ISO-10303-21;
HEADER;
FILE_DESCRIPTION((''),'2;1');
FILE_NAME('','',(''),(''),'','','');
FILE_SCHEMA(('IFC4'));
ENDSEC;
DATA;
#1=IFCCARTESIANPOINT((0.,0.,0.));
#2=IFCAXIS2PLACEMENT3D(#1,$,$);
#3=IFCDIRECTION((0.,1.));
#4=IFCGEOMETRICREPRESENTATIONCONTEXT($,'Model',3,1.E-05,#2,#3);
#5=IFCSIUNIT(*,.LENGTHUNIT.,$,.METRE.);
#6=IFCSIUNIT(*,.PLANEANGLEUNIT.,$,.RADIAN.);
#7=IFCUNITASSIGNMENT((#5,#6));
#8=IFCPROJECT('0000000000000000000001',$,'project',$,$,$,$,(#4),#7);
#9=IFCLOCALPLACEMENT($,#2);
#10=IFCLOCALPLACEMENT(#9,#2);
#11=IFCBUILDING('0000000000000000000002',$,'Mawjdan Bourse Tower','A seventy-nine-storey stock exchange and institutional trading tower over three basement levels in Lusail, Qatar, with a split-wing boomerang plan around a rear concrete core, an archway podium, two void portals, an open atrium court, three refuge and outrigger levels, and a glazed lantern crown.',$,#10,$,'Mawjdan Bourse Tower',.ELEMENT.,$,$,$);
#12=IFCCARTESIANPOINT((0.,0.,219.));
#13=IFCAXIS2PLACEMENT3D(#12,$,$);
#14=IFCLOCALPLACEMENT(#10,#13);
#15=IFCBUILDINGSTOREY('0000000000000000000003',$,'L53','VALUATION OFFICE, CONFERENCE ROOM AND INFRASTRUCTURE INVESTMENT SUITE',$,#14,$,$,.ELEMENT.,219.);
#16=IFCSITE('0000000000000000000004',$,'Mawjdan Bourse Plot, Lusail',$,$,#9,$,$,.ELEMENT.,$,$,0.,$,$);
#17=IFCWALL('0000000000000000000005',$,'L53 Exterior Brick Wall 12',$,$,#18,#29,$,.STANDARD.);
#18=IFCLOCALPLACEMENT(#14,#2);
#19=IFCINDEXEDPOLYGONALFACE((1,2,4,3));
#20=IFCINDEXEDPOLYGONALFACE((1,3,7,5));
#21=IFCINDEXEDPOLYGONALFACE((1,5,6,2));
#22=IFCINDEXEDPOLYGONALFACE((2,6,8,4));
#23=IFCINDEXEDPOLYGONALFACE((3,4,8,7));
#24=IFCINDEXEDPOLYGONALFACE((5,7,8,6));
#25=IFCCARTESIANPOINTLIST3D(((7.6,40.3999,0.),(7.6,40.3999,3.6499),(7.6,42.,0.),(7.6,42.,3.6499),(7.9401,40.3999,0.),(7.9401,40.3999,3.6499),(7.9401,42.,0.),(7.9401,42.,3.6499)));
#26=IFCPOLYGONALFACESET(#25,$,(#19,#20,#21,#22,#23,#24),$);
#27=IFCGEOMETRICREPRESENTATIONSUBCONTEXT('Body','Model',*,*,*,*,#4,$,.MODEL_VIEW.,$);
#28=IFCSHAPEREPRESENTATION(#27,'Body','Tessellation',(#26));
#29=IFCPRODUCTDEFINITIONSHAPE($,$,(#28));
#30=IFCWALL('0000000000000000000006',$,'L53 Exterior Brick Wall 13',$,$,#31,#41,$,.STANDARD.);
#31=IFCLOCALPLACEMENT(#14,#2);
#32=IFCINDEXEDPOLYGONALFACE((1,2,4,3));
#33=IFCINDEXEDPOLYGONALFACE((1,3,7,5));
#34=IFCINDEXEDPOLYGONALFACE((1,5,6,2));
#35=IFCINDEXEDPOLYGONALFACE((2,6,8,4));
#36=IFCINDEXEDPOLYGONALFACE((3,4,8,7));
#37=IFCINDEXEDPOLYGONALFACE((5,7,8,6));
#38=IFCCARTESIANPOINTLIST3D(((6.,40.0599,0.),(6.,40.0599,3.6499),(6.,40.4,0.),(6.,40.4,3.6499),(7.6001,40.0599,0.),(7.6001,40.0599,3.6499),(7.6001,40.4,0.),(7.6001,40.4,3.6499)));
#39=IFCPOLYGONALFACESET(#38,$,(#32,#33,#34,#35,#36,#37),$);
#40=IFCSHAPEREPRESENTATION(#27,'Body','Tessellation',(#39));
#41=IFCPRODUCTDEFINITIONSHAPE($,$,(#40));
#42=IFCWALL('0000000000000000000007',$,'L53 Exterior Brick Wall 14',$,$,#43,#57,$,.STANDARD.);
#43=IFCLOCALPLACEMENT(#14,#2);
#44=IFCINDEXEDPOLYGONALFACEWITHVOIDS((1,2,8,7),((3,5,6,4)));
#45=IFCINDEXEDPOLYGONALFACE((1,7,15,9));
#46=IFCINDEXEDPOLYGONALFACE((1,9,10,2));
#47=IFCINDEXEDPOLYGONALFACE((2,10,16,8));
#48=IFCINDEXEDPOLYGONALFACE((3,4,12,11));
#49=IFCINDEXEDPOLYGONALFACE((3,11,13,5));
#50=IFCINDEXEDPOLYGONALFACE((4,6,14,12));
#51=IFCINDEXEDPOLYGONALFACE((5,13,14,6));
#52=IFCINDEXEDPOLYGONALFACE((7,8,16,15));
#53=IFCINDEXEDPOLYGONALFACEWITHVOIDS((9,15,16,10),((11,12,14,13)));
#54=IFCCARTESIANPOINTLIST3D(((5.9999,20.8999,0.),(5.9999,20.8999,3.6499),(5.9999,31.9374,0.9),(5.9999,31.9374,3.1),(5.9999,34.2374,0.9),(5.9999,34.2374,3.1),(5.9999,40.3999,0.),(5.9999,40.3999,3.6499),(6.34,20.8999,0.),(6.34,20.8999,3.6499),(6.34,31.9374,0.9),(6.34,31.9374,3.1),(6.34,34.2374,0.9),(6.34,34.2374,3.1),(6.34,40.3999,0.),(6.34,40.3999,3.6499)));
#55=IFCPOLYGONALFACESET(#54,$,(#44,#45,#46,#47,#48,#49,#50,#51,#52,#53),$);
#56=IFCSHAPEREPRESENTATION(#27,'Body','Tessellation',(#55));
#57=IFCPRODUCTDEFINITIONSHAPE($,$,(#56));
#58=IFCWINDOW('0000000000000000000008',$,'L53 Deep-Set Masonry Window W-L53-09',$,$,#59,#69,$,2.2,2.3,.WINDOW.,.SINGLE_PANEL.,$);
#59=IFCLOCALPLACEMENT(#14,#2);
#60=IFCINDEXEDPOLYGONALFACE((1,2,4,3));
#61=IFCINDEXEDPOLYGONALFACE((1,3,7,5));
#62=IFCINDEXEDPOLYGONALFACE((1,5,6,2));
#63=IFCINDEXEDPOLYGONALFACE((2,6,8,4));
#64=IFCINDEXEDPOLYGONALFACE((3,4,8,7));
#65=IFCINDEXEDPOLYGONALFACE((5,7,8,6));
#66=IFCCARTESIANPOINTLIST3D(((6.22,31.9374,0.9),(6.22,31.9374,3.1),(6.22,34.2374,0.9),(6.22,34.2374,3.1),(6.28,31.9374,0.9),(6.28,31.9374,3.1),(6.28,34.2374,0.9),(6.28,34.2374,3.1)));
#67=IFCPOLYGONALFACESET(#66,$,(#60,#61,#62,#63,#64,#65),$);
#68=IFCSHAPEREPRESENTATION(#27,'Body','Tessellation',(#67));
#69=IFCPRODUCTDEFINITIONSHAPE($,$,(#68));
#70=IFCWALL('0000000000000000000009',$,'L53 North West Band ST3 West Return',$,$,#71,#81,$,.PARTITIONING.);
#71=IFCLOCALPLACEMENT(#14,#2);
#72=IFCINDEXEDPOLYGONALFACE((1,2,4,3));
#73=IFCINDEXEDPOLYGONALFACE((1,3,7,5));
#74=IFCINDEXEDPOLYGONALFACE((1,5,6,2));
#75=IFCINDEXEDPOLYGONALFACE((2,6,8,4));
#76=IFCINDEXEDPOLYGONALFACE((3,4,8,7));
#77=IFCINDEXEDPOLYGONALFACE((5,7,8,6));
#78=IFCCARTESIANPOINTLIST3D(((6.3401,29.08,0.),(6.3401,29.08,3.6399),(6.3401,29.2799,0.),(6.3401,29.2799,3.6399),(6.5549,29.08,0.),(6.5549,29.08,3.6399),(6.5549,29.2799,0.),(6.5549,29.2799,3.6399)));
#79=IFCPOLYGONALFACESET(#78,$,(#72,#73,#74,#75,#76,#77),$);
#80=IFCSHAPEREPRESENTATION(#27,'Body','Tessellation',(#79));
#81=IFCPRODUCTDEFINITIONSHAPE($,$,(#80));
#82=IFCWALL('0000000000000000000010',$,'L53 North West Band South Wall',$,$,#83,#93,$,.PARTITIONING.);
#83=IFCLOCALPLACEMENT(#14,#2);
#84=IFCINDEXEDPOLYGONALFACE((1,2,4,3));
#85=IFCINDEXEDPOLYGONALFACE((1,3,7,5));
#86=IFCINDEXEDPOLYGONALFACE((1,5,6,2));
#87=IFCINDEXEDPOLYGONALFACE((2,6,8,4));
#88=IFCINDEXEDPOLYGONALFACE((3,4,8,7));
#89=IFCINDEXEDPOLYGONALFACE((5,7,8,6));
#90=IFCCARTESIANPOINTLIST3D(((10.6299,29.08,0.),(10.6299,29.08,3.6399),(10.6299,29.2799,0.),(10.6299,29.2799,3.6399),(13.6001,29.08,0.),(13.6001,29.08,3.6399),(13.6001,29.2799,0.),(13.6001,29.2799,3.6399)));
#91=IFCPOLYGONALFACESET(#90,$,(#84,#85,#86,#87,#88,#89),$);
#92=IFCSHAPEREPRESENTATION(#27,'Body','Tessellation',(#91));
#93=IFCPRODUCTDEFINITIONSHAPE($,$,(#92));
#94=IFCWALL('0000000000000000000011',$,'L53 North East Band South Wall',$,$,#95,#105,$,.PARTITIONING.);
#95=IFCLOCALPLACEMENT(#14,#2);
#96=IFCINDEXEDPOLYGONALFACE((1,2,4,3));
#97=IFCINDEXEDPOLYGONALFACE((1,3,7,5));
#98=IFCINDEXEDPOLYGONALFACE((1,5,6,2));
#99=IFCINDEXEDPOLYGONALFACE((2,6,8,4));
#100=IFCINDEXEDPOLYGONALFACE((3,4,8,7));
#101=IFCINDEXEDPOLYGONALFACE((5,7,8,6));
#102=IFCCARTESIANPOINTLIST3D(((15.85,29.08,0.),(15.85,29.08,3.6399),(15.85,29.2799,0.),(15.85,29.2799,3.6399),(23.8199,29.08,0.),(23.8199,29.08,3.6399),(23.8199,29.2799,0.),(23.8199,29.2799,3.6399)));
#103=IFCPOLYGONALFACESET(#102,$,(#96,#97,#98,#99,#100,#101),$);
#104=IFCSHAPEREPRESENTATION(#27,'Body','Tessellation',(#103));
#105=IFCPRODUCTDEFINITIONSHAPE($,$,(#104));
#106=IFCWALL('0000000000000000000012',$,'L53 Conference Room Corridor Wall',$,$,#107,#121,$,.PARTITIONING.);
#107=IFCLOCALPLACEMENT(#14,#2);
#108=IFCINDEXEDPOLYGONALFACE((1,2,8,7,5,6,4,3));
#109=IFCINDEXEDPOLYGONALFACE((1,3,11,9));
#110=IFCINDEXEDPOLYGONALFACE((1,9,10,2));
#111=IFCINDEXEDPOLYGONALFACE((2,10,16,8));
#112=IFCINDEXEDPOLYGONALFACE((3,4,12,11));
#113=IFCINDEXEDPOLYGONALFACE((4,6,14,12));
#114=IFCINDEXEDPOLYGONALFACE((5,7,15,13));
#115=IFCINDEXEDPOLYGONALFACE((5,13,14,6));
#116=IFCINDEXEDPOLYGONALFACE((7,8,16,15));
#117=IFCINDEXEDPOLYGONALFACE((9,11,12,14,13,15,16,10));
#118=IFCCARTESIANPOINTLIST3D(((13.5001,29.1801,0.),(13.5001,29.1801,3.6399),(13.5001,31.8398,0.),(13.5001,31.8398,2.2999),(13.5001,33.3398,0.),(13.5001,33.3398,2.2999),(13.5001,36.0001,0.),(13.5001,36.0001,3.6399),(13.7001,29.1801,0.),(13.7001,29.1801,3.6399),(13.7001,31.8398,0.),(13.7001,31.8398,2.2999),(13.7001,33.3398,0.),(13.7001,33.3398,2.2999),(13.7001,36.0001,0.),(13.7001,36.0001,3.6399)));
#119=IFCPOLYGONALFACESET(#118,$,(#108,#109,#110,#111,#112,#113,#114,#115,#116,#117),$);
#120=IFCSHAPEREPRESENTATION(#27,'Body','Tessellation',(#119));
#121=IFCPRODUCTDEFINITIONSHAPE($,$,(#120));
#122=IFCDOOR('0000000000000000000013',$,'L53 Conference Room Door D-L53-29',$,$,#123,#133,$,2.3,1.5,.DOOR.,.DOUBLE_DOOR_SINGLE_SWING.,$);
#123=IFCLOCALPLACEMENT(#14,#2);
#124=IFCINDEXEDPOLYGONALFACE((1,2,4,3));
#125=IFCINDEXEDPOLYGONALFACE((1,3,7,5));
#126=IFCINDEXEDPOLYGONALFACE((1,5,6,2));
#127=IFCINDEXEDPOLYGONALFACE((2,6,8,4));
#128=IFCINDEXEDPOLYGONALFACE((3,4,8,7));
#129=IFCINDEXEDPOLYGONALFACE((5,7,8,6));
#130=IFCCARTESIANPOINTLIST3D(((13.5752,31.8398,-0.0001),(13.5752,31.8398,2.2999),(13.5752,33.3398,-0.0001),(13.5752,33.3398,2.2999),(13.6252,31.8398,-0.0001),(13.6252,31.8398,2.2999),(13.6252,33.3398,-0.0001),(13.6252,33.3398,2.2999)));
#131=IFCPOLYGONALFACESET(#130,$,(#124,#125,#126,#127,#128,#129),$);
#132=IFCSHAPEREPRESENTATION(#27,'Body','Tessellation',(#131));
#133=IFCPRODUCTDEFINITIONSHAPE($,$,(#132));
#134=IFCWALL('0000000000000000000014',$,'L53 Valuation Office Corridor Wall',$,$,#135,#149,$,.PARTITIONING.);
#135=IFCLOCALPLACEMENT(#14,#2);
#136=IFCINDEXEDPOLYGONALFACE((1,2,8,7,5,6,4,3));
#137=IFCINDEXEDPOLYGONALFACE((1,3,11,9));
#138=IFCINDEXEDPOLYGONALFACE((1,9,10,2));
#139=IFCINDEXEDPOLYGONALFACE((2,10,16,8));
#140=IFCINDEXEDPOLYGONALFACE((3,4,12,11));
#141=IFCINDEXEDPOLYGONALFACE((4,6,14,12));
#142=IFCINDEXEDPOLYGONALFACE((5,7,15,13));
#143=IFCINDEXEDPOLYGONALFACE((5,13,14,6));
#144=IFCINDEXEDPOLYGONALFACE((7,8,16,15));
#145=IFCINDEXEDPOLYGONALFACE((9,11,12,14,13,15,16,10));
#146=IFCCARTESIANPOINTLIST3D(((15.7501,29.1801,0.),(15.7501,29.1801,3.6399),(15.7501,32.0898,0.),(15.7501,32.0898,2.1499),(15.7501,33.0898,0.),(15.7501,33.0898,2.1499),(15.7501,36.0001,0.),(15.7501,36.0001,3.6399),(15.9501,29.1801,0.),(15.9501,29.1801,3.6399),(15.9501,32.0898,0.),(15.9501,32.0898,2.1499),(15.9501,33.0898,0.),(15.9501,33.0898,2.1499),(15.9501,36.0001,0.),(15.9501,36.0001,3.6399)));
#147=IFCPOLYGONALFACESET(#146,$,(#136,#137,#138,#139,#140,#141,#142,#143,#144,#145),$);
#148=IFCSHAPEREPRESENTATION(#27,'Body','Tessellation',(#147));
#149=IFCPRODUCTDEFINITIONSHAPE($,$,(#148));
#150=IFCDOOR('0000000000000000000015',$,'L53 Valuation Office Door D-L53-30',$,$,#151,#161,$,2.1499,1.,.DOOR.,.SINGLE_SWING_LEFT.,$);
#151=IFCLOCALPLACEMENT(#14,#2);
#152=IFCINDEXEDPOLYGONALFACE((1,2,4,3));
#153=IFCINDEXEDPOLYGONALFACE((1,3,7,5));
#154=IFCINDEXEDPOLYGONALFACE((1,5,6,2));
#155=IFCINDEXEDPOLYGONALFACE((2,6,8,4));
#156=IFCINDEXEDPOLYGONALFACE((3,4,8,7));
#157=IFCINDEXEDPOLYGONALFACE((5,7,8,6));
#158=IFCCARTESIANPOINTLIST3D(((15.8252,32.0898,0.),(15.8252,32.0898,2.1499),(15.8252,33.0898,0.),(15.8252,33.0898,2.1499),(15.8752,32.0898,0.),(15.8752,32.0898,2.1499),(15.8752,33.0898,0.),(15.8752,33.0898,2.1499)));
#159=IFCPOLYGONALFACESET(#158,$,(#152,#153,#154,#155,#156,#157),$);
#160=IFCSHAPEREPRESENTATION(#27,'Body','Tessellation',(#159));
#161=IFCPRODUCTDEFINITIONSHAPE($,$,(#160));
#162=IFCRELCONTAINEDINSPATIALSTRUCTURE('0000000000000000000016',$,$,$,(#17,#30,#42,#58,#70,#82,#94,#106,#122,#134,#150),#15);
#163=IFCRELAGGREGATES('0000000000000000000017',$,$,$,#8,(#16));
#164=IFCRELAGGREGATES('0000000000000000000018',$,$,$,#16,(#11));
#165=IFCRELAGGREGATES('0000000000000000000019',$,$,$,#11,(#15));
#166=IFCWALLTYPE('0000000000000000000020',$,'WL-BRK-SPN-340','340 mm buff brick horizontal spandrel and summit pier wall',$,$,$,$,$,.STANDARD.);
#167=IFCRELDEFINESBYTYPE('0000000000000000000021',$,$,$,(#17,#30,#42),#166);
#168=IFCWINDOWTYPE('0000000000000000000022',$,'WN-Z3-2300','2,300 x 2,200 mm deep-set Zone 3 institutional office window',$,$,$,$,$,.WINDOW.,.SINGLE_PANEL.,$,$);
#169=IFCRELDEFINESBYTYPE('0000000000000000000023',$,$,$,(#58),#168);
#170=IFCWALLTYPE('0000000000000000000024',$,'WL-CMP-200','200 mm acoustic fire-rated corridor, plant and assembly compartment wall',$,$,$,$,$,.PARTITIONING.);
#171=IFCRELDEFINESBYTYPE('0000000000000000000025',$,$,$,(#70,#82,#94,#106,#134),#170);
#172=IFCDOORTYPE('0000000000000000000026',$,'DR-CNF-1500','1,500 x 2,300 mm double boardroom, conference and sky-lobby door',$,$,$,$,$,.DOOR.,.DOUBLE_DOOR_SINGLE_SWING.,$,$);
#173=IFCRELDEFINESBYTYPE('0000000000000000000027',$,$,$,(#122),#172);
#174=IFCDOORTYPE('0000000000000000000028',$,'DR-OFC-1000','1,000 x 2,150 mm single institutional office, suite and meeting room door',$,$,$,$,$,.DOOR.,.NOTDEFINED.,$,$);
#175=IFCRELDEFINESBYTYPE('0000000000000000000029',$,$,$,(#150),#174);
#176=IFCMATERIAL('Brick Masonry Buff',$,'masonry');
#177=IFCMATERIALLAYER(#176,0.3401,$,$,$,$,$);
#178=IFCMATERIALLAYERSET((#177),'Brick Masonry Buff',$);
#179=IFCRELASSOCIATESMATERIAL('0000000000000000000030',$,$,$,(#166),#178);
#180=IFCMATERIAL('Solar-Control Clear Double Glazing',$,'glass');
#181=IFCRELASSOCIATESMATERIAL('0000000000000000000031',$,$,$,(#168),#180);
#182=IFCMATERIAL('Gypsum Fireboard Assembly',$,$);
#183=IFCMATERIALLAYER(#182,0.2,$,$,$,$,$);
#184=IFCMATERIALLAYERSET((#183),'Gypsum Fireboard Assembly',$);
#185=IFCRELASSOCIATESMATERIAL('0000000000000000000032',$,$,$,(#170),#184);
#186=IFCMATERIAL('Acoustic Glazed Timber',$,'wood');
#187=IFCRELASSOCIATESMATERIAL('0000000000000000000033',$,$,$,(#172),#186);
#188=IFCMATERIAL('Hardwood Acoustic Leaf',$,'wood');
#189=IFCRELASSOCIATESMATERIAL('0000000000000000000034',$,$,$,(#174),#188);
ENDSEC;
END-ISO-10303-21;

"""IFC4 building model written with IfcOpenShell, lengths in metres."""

from ifc_helpers import new_model, si_unit, direction, frame, frame_2d, origin, place, context, subcontext, project, spatial, rectangle, extrude, material, layer, layer_set, type_object, element, fill, save


model = new_model("IFC4")

# Units and contexts
model_context = context("Model", 3, precision=1e-05, world=origin(), true_north=direction((0.0, 1.0)))
body_context = subcontext(model_context, "Body", "Model", "MODEL_VIEW")
ifc_project = project(units=[si_unit("LENGTHUNIT", "METRE"), si_unit("PLANEANGLEUNIT", "RADIAN")], contexts=[model_context])

# Site, building, storey
site_placement = place(None, origin())
site = spatial("IfcSite", under=ifc_project, at=site_placement, Name="Mawjdan Bourse Plot, Lusail", CompositionType="ELEMENT", RefElevation=0.0)
building_placement = place(site_placement, origin())
building = spatial("IfcBuilding", under=site, at=building_placement, Name="Mawjdan Bourse Tower", Description="A seventy-nine-storey stock exchange and institutional trading tower over three basement levels in Lusail, Qatar, with a split-wing boomerang plan around a rear concrete core, an archway podium, two void portals, an open atrium court, three refuge and outrigger levels, and a glazed lantern crown.", LongName="Mawjdan Bourse Tower", CompositionType="ELEMENT")
storey_placement = place(building_placement, frame((0.0, 0.0, 219.0)))
storey = spatial("IfcBuildingStorey", under=building, at=storey_placement, Name="L53", Description="VALUATION OFFICE, CONFERENCE ROOM AND INFRASTRUCTURE INVESTMENT SUITE", CompositionType="ELEMENT", Elevation=219.0)

# Walls
ifc_material_1 = material(Name="Brick Masonry Buff", Category="masonry")
ifc_layer_1 = layer(ifc_material_1, 0.3401)
ifc_layer_set_1 = layer_set([ifc_layer_1], Name="Brick Masonry Buff")
wall_type_1 = type_object("IfcWallType", Name="WL-BRK-SPN-340", Description="340 mm buff brick horizontal spandrel and summit pier wall", PredefinedType="STANDARD", material=ifc_layer_set_1)
for number, where, z_axis, x_axis, name in (
    (1, (7.77, 42.0, 0.0), (0.0, 0.0, 1.0), (0.0, -1.0, 0.0), "L53 Exterior Brick Wall 12"),
    (2, (7.6001, 40.23, 0.0), (0.0, 0.0, 1.0), (-1.0, 0.0, 0.0), "L53 Exterior Brick Wall 13"),
):
    element("IfcWall", number, at=place(storey_placement, frame(where, z_axis=z_axis, x_axis=x_axis)), inside=storey, type_object=wall_type_1, Name=name, PredefinedType="STANDARD", context=body_context, shape_type="SweptSolid", body=[
        extrude(rectangle(XDim=1.6001, YDim=0.3401, at=frame_2d((0.8, 0.0))), origin(), (0.0, 0.0, 1.0), 3.6499),
    ])

# Wall, opening, window
wall_1_placement = place(storey_placement, frame((6.1699, 40.3999, 0.0), z_axis=(0.0, 0.0, 1.0), x_axis=(0.0, -1.0, 0.0)))
wall_1 = element("IfcWall", 3, at=wall_1_placement, inside=storey, type_object=wall_type_1, Name="L53 Exterior Brick Wall 14", PredefinedType="STANDARD", context=body_context, shape_type="SweptSolid", body=[
    extrude(rectangle(XDim=19.5, YDim=0.3401, at=frame_2d((9.75, 0.0))), origin(), (0.0, 0.0, 1.0), 3.6499),
])
opening_1_placement = place(wall_1_placement, frame((6.1626, 0.0, 0.8999)))
opening_1 = element("IfcOpeningElement", 4, at=opening_1_placement, cuts=wall_1, PredefinedType="OPENING", context=body_context, shape_type="SweptSolid", body=[
    extrude(rectangle(XDim=2.3, YDim=2.2, at=frame_2d((1.1499, 1.1001))), frame((0.0, 0.1802, 0.0), z_axis=(0.0, -1.0, 0.0), x_axis=(1.0, 0.0, 0.0)), (0.0, 0.0, 1.0), 0.3601),
])
ifc_material_2 = material(Name="Solar-Control Clear Double Glazing", Category="glass")
window_type = type_object("IfcWindowType", Name="WN-Z3-2300", Description="2,300 x 2,200 mm deep-set Zone 3 institutional office window", PartitioningType="SINGLE_PANEL", PredefinedType="WINDOW", material=ifc_material_2)
window_placement = place(opening_1_placement, origin())
window = element("IfcWindow", 5, at=window_placement, inside=storey, type_object=window_type, Name="L53 Deep-Set Masonry Window W-L53-09", OverallHeight=2.2, OverallWidth=2.3, PartitioningType="SINGLE_PANEL", PredefinedType="WINDOW", context=body_context, shape_type="SweptSolid", body=[
    extrude(rectangle(XDim=2.3, YDim=2.2, at=frame_2d((1.1499, 1.1001))), frame((0.0, 0.1101, 0.0), z_axis=(0.0, -1.0, 0.0), x_axis=(1.0, 0.0, 0.0)), (0.0, 0.0, 1.0), 0.0601),
])
fill(opening_1, window)

# Walls
ifc_material_3 = material(Name="Gypsum Fireboard Assembly")
ifc_layer_2 = layer(ifc_material_3, 0.2)
ifc_layer_set_2 = layer_set([ifc_layer_2], Name="Gypsum Fireboard Assembly")
wall_type_2 = type_object("IfcWallType", Name="WL-CMP-200", Description="200 mm acoustic fire-rated corridor, plant and assembly compartment wall", PredefinedType="PARTITIONING", material=ifc_layer_set_2)
wall_2_placement = place(storey_placement, frame((6.3401, 29.1799, 0.0), z_axis=(0.0, 0.0, 1.0), x_axis=(1.0, 0.0, 0.0)))
element("IfcWall", 6, at=wall_2_placement, inside=storey, type_object=wall_type_2, Name="L53 North West Band ST3 West Return", PredefinedType="PARTITIONING", context=body_context, shape_type="SweptSolid", body=[
    extrude(rectangle(XDim=0.2148, YDim=0.2, at=frame_2d((0.1074, 0.0))), origin(), (0.0, 0.0, 1.0), 3.6399),
])
wall_3_placement = place(storey_placement, frame((10.6299, 29.1799, 0.0), z_axis=(0.0, 0.0, 1.0), x_axis=(1.0, 0.0, 0.0)))
element("IfcWall", 7, at=wall_3_placement, inside=storey, type_object=wall_type_2, Name="L53 North West Band South Wall", PredefinedType="PARTITIONING", context=body_context, shape_type="SweptSolid", body=[
    extrude(rectangle(XDim=2.9702, YDim=0.2, at=frame_2d((1.4851, 0.0))), origin(), (0.0, 0.0, 1.0), 3.6399),
])
wall_4_placement = place(storey_placement, frame((15.8501, 29.1799, 0.0), z_axis=(0.0, 0.0, 1.0), x_axis=(1.0, 0.0, 0.0)))
element("IfcWall", 8, at=wall_4_placement, inside=storey, type_object=wall_type_2, Name="L53 North East Band South Wall", PredefinedType="PARTITIONING", context=body_context, shape_type="SweptSolid", body=[
    extrude(rectangle(XDim=7.97, YDim=0.2, at=frame_2d((3.9849, 0.0))), origin(), (0.0, 0.0, 1.0), 3.6399),
])

# Walls, openings, doors
wall_5_placement = place(storey_placement, frame((13.6001, 29.1799, 0.0), z_axis=(0.0, 0.0, 1.0), x_axis=(0.0, 1.0, 0.0)))
wall_5 = element("IfcWall", 9, at=wall_5_placement, inside=storey, type_object=wall_type_2, Name="L53 Conference Room Corridor Wall", PredefinedType="PARTITIONING", context=body_context, shape_type="SweptSolid", body=[
    extrude(rectangle(XDim=6.8201, YDim=0.2, at=frame_2d((3.4102, 0.0))), origin(), (0.0, 0.0, 1.0), 3.6399),
])
opening_2_placement = place(wall_5_placement, frame((2.6599, 0.0, 0.0)))
opening_2 = element("IfcOpeningElement", 10, at=opening_2_placement, cuts=wall_5, PredefinedType="OPENING", context=body_context, shape_type="SweptSolid", body=[
    extrude(rectangle(XDim=1.5, YDim=2.3, at=frame_2d((0.75, 1.1499))), frame((0.0, 0.1099, 0.0), z_axis=(0.0, -1.0, 0.0), x_axis=(1.0, 0.0, 0.0)), (0.0, 0.0, 1.0), 0.22),
])
ifc_material_4 = material(Name="Acoustic Glazed Timber", Category="wood")
door_type_1 = type_object("IfcDoorType", Name="DR-CNF-1500", Description="1,500 x 2,300 mm double boardroom, conference and sky-lobby door", OperationType="DOUBLE_DOOR_SINGLE_SWING", PredefinedType="DOOR", material=ifc_material_4)
door_1_placement = place(opening_2_placement, origin())
door_1 = element("IfcDoor", 11, at=door_1_placement, inside=storey, type_object=door_type_1, Name="L53 Conference Room Door D-L53-29", OperationType="DOUBLE_DOOR_SINGLE_SWING", OverallHeight=2.3, OverallWidth=1.5, PredefinedType="DOOR", context=body_context, shape_type="SweptSolid", body=[
    extrude(rectangle(XDim=1.5, YDim=2.3, at=frame_2d((0.75, 1.1499))), frame((0.0, 0.0249, 0.0), z_axis=(0.0, -1.0, 0.0), x_axis=(1.0, 0.0, 0.0)), (0.0, 0.0, 1.0), 0.05),
])
fill(opening_2, door_1)
wall_6_placement = place(storey_placement, frame((15.8501, 29.1799, 0.0), z_axis=(0.0, 0.0, 1.0), x_axis=(0.0, 1.0, 0.0)))
wall_6 = element("IfcWall", 12, at=wall_6_placement, inside=storey, type_object=wall_type_2, Name="L53 Valuation Office Corridor Wall", PredefinedType="PARTITIONING", context=body_context, shape_type="SweptSolid", body=[
    extrude(rectangle(XDim=6.8201, YDim=0.2, at=frame_2d((3.4102, 0.0))), origin(), (0.0, 0.0, 1.0), 3.6399),
])
opening_3_placement = place(wall_6_placement, frame((2.9099, 0.0, 0.0)))
opening_3 = element("IfcOpeningElement", 13, at=opening_3_placement, cuts=wall_6, PredefinedType="OPENING", context=body_context, shape_type="SweptSolid", body=[
    extrude(rectangle(XDim=1.0, YDim=2.1499, at=frame_2d((0.5, 1.075))), frame((0.0, 0.1099, 0.0), z_axis=(0.0, -1.0, 0.0), x_axis=(1.0, 0.0, 0.0)), (0.0, 0.0, 1.0), 0.22),
])
ifc_material_5 = material(Name="Hardwood Acoustic Leaf", Category="wood")
door_type_2 = type_object("IfcDoorType", Name="DR-OFC-1000", Description="1,000 x 2,150 mm single institutional office, suite and meeting room door", OperationType="NOTDEFINED", PredefinedType="DOOR", material=ifc_material_5)
door_2_placement = place(opening_3_placement, origin())
door_2 = element("IfcDoor", 14, at=door_2_placement, inside=storey, type_object=door_type_2, Name="L53 Valuation Office Door D-L53-30", OperationType="SINGLE_SWING_LEFT", OverallHeight=2.1499, OverallWidth=1.0, PredefinedType="DOOR", context=body_context, shape_type="SweptSolid", body=[
    extrude(rectangle(XDim=1.0, YDim=2.1499, at=frame_2d((0.5, 1.075))), frame((0.0, 0.0249, 0.0), z_axis=(0.0, -1.0, 0.0), x_axis=(1.0, 0.0, 0.0)), (0.0, 0.0, 1.0), 0.05),
])
fill(opening_3, door_2)

save(model, "model.ifc")
